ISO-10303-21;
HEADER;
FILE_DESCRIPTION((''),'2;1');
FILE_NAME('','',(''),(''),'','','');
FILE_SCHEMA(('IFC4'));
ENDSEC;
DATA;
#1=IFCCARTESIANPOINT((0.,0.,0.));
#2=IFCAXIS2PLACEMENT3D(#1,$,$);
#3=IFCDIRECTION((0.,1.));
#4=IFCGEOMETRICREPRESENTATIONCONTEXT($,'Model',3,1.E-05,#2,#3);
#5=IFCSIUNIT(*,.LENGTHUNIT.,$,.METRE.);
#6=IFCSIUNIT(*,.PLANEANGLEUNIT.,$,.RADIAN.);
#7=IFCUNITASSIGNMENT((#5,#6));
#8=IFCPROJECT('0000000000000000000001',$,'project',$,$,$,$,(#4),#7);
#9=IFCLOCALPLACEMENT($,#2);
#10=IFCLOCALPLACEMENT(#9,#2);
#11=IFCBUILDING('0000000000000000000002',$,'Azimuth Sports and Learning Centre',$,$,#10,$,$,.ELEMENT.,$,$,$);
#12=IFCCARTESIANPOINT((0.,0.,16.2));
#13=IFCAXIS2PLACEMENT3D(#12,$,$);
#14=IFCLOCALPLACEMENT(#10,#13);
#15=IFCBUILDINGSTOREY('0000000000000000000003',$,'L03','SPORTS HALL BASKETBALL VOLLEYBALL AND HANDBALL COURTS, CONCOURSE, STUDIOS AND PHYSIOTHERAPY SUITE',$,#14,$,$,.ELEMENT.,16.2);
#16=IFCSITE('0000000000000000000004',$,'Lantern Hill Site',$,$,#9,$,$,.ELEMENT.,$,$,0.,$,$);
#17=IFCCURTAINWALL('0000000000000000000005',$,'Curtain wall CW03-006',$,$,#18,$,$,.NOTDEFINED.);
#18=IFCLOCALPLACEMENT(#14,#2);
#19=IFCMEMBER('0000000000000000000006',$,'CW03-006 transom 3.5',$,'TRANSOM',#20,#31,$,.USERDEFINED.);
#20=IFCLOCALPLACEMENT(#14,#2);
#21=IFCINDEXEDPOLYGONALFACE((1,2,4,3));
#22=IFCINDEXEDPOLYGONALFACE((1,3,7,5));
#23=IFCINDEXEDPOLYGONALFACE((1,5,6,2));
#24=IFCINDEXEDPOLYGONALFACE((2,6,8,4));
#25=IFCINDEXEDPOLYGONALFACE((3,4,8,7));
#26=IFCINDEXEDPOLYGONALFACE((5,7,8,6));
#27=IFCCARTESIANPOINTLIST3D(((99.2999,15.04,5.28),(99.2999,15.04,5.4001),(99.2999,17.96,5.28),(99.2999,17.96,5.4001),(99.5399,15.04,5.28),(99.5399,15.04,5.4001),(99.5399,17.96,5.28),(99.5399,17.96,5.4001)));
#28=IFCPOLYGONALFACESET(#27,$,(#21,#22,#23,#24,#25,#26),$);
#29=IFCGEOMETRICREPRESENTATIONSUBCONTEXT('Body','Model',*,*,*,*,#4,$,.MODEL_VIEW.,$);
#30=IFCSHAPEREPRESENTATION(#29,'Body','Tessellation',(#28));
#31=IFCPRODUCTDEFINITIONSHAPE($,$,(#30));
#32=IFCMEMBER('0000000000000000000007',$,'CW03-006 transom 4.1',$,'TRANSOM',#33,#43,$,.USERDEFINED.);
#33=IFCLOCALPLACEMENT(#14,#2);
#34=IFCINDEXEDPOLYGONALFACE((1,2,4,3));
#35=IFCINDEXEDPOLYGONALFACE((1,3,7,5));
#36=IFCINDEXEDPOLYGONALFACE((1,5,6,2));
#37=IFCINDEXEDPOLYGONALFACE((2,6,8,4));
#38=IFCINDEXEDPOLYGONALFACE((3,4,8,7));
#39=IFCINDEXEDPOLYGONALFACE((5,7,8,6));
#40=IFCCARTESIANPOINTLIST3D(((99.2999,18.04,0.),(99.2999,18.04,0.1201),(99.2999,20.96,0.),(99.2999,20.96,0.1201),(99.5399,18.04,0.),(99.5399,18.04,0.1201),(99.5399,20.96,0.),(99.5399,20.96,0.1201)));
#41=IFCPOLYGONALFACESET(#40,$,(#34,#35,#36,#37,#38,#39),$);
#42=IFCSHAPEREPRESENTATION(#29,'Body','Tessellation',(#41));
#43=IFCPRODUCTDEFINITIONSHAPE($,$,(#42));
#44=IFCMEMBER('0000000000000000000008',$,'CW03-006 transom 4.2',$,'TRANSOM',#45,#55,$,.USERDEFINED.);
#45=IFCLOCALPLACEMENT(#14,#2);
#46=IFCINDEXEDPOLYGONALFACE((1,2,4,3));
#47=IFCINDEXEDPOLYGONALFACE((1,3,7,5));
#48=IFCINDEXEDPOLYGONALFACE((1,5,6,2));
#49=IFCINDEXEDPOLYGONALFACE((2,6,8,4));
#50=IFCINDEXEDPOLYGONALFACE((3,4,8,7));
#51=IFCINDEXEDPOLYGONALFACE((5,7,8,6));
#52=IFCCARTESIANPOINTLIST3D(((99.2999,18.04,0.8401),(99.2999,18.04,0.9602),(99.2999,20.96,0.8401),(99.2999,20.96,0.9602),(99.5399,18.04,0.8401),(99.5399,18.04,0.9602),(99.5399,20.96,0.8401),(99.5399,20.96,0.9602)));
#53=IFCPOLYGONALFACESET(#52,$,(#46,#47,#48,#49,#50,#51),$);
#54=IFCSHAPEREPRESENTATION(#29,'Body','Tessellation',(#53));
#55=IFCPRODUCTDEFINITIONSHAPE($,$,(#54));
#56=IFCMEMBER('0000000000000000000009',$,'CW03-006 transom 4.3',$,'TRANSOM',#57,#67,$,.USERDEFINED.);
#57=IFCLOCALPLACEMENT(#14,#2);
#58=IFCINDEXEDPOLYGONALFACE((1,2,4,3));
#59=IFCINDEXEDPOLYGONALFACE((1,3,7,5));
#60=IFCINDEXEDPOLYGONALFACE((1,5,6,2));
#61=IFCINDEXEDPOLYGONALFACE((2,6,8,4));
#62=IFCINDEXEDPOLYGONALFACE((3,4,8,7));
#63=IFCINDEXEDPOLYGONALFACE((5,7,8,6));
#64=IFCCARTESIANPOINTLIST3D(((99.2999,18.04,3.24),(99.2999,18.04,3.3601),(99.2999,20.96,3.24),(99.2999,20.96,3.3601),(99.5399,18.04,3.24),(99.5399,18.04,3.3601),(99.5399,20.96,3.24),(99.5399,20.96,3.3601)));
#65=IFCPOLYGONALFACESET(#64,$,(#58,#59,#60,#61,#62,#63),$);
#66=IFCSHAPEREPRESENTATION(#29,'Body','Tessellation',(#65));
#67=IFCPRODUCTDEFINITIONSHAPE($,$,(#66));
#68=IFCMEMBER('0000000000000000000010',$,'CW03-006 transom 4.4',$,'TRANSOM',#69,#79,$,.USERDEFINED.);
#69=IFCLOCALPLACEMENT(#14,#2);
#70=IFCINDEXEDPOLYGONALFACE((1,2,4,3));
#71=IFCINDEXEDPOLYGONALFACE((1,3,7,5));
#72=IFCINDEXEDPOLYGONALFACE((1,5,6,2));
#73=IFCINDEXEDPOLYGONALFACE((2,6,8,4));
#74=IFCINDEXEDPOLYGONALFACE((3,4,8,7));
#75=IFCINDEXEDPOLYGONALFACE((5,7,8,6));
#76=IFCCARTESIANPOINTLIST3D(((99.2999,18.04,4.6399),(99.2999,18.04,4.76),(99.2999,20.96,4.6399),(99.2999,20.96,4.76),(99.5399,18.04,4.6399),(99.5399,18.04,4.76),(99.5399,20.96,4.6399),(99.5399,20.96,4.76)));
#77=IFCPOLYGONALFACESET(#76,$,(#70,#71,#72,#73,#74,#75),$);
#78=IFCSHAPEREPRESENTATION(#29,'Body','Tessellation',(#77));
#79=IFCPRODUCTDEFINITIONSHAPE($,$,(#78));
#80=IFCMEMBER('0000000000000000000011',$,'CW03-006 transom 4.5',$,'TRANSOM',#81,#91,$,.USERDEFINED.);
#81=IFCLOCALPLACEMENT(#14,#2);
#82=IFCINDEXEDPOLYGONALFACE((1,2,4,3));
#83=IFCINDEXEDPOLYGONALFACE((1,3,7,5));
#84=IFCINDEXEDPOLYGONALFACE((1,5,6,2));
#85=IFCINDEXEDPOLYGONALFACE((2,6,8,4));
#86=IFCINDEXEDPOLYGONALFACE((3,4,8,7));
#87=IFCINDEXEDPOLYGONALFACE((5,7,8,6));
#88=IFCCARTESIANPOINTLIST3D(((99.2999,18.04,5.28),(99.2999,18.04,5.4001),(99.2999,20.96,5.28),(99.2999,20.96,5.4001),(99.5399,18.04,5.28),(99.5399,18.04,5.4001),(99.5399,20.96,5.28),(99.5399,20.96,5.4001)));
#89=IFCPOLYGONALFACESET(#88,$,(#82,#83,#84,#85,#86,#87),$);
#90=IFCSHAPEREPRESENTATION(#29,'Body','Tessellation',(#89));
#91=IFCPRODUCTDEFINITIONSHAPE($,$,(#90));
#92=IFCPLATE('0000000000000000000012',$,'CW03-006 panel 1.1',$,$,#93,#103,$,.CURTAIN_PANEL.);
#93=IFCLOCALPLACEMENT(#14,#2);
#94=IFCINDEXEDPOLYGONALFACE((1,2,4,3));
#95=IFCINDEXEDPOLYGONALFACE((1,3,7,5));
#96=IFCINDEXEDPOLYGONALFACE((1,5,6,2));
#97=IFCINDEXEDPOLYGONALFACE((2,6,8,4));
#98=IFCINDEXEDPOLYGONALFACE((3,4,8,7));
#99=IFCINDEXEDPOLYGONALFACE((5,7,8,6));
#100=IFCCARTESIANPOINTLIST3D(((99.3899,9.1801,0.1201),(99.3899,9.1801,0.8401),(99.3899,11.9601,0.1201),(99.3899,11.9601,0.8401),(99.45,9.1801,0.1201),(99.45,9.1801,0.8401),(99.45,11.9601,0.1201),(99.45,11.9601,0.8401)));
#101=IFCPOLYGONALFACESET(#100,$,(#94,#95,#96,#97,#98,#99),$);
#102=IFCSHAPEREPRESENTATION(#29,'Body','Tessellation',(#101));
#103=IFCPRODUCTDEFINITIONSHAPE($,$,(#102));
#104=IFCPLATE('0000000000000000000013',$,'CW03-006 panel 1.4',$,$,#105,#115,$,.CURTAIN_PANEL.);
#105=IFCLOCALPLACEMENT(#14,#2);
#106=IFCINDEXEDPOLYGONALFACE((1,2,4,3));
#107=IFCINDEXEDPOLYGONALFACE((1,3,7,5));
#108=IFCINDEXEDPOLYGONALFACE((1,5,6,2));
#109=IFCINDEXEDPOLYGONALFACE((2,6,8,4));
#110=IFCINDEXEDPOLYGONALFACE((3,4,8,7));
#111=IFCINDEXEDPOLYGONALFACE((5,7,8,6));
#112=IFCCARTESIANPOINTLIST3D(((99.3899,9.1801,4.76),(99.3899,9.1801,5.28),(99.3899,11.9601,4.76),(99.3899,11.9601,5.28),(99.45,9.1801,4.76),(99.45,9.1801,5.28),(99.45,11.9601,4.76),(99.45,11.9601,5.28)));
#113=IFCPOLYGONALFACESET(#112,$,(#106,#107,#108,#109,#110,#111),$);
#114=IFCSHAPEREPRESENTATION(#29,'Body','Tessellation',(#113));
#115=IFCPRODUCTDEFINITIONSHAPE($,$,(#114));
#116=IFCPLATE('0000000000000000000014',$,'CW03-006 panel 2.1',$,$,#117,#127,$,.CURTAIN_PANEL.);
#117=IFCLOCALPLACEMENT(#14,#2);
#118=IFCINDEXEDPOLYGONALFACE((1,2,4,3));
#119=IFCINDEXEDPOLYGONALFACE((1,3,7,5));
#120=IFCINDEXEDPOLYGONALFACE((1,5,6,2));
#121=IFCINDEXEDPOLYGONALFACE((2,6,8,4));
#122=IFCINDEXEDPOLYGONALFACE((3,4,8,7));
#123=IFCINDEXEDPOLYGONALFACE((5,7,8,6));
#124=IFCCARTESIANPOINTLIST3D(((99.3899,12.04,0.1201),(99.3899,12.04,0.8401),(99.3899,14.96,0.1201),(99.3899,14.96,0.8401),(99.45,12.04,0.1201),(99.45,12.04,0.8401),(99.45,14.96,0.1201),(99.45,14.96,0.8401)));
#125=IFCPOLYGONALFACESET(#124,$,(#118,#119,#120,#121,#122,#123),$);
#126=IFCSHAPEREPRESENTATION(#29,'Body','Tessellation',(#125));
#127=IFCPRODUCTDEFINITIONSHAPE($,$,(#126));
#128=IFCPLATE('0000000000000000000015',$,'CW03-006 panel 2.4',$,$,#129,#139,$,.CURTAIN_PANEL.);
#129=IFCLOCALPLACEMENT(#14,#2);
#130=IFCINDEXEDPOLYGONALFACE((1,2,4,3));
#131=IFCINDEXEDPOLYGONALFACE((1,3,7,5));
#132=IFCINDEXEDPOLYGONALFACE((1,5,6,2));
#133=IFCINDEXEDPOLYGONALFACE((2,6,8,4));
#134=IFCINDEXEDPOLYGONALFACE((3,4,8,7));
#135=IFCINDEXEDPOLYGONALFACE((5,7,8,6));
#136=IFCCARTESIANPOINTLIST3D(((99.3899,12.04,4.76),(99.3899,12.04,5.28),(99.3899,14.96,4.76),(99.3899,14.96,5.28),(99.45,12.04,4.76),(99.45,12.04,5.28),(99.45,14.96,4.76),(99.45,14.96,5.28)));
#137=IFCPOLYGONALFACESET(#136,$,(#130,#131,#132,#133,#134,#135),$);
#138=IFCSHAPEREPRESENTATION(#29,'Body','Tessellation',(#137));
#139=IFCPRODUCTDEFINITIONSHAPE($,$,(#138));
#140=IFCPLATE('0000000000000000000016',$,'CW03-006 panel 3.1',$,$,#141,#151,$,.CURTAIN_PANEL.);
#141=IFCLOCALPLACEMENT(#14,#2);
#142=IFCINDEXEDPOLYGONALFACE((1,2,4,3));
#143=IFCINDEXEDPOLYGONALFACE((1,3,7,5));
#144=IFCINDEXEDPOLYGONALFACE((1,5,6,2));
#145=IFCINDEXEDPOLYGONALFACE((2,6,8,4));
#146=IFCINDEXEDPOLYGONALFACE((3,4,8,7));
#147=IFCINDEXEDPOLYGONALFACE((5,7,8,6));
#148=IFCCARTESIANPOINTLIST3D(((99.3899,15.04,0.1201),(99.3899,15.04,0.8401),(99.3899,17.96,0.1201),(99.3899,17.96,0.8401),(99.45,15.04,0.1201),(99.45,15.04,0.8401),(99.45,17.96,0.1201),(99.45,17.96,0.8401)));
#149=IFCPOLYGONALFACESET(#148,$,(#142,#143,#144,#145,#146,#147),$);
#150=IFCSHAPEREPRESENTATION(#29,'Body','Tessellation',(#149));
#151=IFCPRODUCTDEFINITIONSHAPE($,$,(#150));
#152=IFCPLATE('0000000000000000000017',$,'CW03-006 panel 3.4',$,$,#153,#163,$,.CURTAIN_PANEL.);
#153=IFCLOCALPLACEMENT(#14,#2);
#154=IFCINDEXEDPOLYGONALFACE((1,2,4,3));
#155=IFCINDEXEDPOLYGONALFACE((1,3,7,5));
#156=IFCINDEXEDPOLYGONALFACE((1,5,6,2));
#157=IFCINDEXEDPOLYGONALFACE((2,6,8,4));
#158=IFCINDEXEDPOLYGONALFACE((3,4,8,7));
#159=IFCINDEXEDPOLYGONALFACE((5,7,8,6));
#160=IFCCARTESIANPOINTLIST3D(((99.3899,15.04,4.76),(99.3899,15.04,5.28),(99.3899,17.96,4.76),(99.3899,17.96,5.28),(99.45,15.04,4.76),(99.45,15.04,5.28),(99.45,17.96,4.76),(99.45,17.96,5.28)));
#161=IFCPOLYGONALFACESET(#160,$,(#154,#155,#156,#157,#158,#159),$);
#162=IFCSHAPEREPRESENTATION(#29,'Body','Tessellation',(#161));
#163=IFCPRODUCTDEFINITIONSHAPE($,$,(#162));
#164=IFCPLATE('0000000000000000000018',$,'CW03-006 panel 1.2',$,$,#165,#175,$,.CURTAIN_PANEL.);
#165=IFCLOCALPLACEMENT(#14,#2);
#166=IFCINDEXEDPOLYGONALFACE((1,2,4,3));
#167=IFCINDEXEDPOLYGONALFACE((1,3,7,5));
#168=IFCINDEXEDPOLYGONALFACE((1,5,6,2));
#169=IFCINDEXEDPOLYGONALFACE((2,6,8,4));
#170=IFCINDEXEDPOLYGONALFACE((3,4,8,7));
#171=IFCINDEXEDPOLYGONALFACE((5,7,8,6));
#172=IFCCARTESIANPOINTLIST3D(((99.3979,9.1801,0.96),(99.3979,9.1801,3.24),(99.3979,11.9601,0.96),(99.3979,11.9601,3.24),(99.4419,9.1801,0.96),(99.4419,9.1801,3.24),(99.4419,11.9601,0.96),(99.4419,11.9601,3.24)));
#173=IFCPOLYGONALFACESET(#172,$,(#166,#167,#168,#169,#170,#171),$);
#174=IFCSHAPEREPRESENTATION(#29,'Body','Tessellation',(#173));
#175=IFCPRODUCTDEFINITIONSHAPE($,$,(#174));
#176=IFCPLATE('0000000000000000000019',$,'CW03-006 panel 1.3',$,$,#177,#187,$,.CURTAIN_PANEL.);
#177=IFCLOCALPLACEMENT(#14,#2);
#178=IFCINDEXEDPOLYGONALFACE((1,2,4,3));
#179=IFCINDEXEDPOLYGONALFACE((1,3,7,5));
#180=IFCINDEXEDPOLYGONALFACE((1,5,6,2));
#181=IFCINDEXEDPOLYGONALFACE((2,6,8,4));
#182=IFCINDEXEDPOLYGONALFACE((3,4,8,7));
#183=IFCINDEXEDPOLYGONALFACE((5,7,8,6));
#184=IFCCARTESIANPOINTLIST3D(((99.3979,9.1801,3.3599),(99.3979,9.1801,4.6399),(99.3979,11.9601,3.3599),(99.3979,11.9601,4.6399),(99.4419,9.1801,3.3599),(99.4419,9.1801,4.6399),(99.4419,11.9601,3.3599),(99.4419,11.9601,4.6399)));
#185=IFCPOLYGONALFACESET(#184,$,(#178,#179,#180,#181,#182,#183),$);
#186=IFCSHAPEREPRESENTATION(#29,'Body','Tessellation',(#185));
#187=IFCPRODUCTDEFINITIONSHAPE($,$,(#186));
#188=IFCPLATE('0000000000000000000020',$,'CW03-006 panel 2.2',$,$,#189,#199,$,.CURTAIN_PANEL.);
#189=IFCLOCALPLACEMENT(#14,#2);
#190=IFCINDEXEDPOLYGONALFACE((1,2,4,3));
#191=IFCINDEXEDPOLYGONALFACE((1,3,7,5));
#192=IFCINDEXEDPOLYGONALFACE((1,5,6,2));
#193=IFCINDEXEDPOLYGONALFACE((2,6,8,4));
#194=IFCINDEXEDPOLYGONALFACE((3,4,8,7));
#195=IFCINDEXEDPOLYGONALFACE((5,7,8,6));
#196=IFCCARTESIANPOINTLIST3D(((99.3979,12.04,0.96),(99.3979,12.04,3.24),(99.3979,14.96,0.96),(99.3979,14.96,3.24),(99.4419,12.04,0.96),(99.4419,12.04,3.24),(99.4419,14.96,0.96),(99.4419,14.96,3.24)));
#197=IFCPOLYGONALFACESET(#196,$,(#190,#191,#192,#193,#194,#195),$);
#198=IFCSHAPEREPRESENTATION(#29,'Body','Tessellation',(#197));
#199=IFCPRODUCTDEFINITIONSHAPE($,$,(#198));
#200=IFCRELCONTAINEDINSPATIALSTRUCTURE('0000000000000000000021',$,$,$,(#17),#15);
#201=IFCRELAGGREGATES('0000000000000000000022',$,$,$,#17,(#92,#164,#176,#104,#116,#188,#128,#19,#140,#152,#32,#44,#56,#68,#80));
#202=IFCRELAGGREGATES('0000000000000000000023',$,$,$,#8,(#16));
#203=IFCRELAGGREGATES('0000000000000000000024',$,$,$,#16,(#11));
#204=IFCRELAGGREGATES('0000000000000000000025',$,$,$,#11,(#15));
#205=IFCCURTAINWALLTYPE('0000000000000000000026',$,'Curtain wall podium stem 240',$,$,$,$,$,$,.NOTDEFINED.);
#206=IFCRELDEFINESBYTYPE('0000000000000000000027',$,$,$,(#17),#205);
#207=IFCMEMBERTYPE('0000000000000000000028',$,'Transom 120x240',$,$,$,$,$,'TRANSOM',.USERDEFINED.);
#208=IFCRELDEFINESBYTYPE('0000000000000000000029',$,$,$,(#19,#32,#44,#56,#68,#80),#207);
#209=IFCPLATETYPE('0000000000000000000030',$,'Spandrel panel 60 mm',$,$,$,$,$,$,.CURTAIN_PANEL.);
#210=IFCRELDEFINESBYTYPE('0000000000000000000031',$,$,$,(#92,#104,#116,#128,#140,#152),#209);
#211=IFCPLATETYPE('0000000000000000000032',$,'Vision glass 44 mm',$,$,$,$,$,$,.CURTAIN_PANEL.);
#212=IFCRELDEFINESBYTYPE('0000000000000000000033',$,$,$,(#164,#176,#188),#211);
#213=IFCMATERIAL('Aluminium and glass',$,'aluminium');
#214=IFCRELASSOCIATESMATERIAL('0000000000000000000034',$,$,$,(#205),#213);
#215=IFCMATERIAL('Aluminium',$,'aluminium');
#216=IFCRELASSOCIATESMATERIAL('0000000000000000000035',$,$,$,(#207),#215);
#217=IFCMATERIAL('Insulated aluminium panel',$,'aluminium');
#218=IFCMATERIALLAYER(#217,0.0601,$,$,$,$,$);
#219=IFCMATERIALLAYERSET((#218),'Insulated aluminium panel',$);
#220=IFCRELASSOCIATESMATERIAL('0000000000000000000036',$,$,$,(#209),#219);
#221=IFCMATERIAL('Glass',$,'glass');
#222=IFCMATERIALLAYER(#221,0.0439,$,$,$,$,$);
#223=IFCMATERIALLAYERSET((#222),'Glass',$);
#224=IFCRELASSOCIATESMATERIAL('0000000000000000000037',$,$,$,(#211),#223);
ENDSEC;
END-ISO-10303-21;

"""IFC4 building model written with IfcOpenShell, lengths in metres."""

from ifc_helpers import new_model, si_unit, direction, frame, origin, origin_2d, place, context, subcontext, project, spatial, rectangle, extrude, material, layer, layer_set, material_profile, profile_set, type_object, element, aggregate, save


model = new_model("IFC4")

# Units and contexts
model_context = context("Model", 3, precision=1e-05, world=origin(), true_north=direction((0.0, 1.0)))
body_context = subcontext(model_context, "Body", "Model", "MODEL_VIEW")
ifc_project = project(units=[si_unit("LENGTHUNIT", "METRE"), si_unit("PLANEANGLEUNIT", "RADIAN")], contexts=[model_context])

# Site, building, storey
site_placement = place(None, origin())
site = spatial("IfcSite", under=ifc_project, at=site_placement, Name="Lantern Hill Site", CompositionType="ELEMENT", RefElevation=0.0)
building_placement = place(site_placement, origin())
building = spatial("IfcBuilding", under=site, at=building_placement, Name="Azimuth Sports and Learning Centre", CompositionType="ELEMENT")
storey_placement = place(building_placement, frame((0.0, 0.0, 16.2)))
storey = spatial("IfcBuildingStorey", under=building, at=storey_placement, Name="L03", Description="SPORTS HALL BASKETBALL VOLLEYBALL AND HANDBALL COURTS, CONCOURSE, STUDIOS AND PHYSIOTHERAPY SUITE", CompositionType="ELEMENT", Elevation=16.2)

# Curtain wall, members, plates
ifc_material_1 = material(Name="Aluminium and glass", Category="aluminium")
curtain_wall_type = type_object("IfcCurtainWallType", Name="Curtain wall podium stem 240", PredefinedType="NOTDEFINED", material=ifc_material_1)
curtain_wall_placement = place(storey_placement, origin())
curtain_wall = element("IfcCurtainWall", 1, at=curtain_wall_placement, inside=storey, type_object=curtain_wall_type, Name="Curtain wall CW03-006", PredefinedType="NOTDEFINED")
ifc_material_2 = material(Name="Aluminium", Category="aluminium")
ifc_material_profile_1 = material_profile(ifc_material_2, rectangle(XDim=0.24, YDim=0.1201, at=origin_2d()), Name="Transom 120x240")
ifc_profile_set_1 = profile_set([ifc_material_profile_1], Name="Aluminium")
member_type_1 = type_object("IfcMemberType", Name="Transom 120x240", ElementType="TRANSOM", PredefinedType="USERDEFINED", material=ifc_profile_set_1)
member_1_placement = place(storey_placement, frame((99.4199, 15.04, 5.3401), z_axis=(0.0, 1.0, 0.0), x_axis=(-1.0, 0.0, 0.0)))
member_1 = element("IfcMember", 2, at=member_1_placement, type_object=member_type_1, Name="CW03-006 transom 3.5", ObjectType="TRANSOM", PredefinedType="USERDEFINED", context=body_context, shape_type="SweptSolid", body=[
    extrude(rectangle(XDim=0.24, YDim=0.1201, at=origin_2d()), origin(), (0.0, 0.0, 1.0), 2.9199),
])
member_2_placement = place(storey_placement, frame((99.4199, 18.04, 0.0601), z_axis=(0.0, 1.0, 0.0), x_axis=(-1.0, 0.0, 0.0)))
member_2 = element("IfcMember", 3, at=member_2_placement, type_object=member_type_1, Name="CW03-006 transom 4.1", ObjectType="TRANSOM", PredefinedType="USERDEFINED", context=body_context, shape_type="SweptSolid", body=[
    extrude(rectangle(XDim=0.24, YDim=0.1201, at=origin_2d()), origin(), (0.0, 0.0, 1.0), 2.9199),
])
member_3_placement = place(storey_placement, frame((99.4199, 18.04, 0.9001), z_axis=(0.0, 1.0, 0.0), x_axis=(-1.0, 0.0, 0.0)))
member_3 = element("IfcMember", 4, at=member_3_placement, type_object=member_type_1, Name="CW03-006 transom 4.2", ObjectType="TRANSOM", PredefinedType="USERDEFINED", context=body_context, shape_type="SweptSolid", body=[
    extrude(rectangle(XDim=0.24, YDim=0.1201, at=origin_2d()), origin(), (0.0, 0.0, 1.0), 2.9199),
])
member_4_placement = place(storey_placement, frame((99.4199, 18.04, 3.3), z_axis=(0.0, 1.0, 0.0), x_axis=(-1.0, 0.0, 0.0)))
member_4 = element("IfcMember", 5, at=member_4_placement, type_object=member_type_1, Name="CW03-006 transom 4.3", ObjectType="TRANSOM", PredefinedType="USERDEFINED", context=body_context, shape_type="SweptSolid", body=[
    extrude(rectangle(XDim=0.24, YDim=0.1201, at=origin_2d()), origin(), (0.0, 0.0, 1.0), 2.9199),
])
member_5_placement = place(storey_placement, frame((99.4199, 18.04, 4.7), z_axis=(0.0, 1.0, 0.0), x_axis=(-1.0, 0.0, 0.0)))
member_5 = element("IfcMember", 6, at=member_5_placement, type_object=member_type_1, Name="CW03-006 transom 4.4", ObjectType="TRANSOM", PredefinedType="USERDEFINED", context=body_context, shape_type="SweptSolid", body=[
    extrude(rectangle(XDim=0.24, YDim=0.1201, at=origin_2d()), origin(), (0.0, 0.0, 1.0), 2.9199),
])
member_6_placement = place(storey_placement, frame((99.4199, 18.04, 5.3401), z_axis=(0.0, 1.0, 0.0), x_axis=(-1.0, 0.0, 0.0)))
member_6 = element("IfcMember", 7, at=member_6_placement, type_object=member_type_1, Name="CW03-006 transom 4.5", ObjectType="TRANSOM", PredefinedType="USERDEFINED", context=body_context, shape_type="SweptSolid", body=[
    extrude(rectangle(XDim=0.24, YDim=0.1201, at=origin_2d()), origin(), (0.0, 0.0, 1.0), 2.9199),
])
ifc_material_3 = material(Name="Insulated aluminium panel", Category="aluminium")
ifc_layer_1 = layer(ifc_material_3, 0.0601)
ifc_layer_set_1 = layer_set([ifc_layer_1], Name="Insulated aluminium panel")
plate_type_1 = type_object("IfcPlateType", Name="Spandrel panel 60 mm", PredefinedType="CURTAIN_PANEL", material=ifc_layer_set_1)
plate_1_placement = place(storey_placement, frame((99.4199, 10.5701, 0.1201), z_axis=(0.0, 0.0, 1.0), x_axis=(0.0, 1.0, 0.0)))
plate_1 = element("IfcPlate", 8, at=plate_1_placement, type_object=plate_type_1, Name="CW03-006 panel 1.1", PredefinedType="CURTAIN_PANEL", context=body_context, shape_type="SweptSolid", body=[
    extrude(rectangle(XDim=2.78, YDim=0.0601, at=origin_2d()), origin(), (0.0, 0.0, 1.0), 0.72),
])
plate_2_placement = place(storey_placement, frame((99.4199, 10.5701, 4.76), z_axis=(0.0, 0.0, 1.0), x_axis=(0.0, 1.0, 0.0)))
plate_2 = element("IfcPlate", 9, at=plate_2_placement, type_object=plate_type_1, Name="CW03-006 panel 1.4", PredefinedType="CURTAIN_PANEL", context=body_context, shape_type="SweptSolid", body=[
    extrude(rectangle(XDim=2.78, YDim=0.0601, at=origin_2d()), origin(), (0.0, 0.0, 1.0), 0.52),
])
plate_3_placement = place(storey_placement, frame((99.4199, 13.5, 0.1201), z_axis=(0.0, 0.0, 1.0), x_axis=(0.0, 1.0, 0.0)))
plate_3 = element("IfcPlate", 10, at=plate_3_placement, type_object=plate_type_1, Name="CW03-006 panel 2.1", PredefinedType="CURTAIN_PANEL", context=body_context, shape_type="SweptSolid", body=[
    extrude(rectangle(XDim=2.9199, YDim=0.0601, at=origin_2d()), origin(), (0.0, 0.0, 1.0), 0.72),
])
plate_4_placement = place(storey_placement, frame((99.4199, 13.5, 4.76), z_axis=(0.0, 0.0, 1.0), x_axis=(0.0, 1.0, 0.0)))
plate_4 = element("IfcPlate", 11, at=plate_4_placement, type_object=plate_type_1, Name="CW03-006 panel 2.4", PredefinedType="CURTAIN_PANEL", context=body_context, shape_type="SweptSolid", body=[
    extrude(rectangle(XDim=2.9199, YDim=0.0601, at=origin_2d()), origin(), (0.0, 0.0, 1.0), 0.52),
])
plate_5_placement = place(storey_placement, frame((99.4199, 16.5, 0.1201), z_axis=(0.0, 0.0, 1.0), x_axis=(0.0, 1.0, 0.0)))
plate_5 = element("IfcPlate", 12, at=plate_5_placement, type_object=plate_type_1, Name="CW03-006 panel 3.1", PredefinedType="CURTAIN_PANEL", context=body_context, shape_type="SweptSolid", body=[
    extrude(rectangle(XDim=2.9199, YDim=0.0601, at=origin_2d()), origin(), (0.0, 0.0, 1.0), 0.72),
])
plate_6_placement = place(storey_placement, frame((99.4199, 16.5, 4.76), z_axis=(0.0, 0.0, 1.0), x_axis=(0.0, 1.0, 0.0)))
plate_6 = element("IfcPlate", 13, at=plate_6_placement, type_object=plate_type_1, Name="CW03-006 panel 3.4", PredefinedType="CURTAIN_PANEL", context=body_context, shape_type="SweptSolid", body=[
    extrude(rectangle(XDim=2.9199, YDim=0.0601, at=origin_2d()), origin(), (0.0, 0.0, 1.0), 0.52),
])
ifc_material_4 = material(Name="Glass", Category="glass")
ifc_layer_2 = layer(ifc_material_4, 0.0439)
ifc_layer_set_2 = layer_set([ifc_layer_2], Name="Glass")
plate_type_2 = type_object("IfcPlateType", Name="Vision glass 44 mm", PredefinedType="CURTAIN_PANEL", material=ifc_layer_set_2)
plate_7_placement = place(storey_placement, frame((99.4199, 10.5701, 0.96), z_axis=(0.0, 0.0, 1.0), x_axis=(0.0, 1.0, 0.0)))
plate_7 = element("IfcPlate", 14, at=plate_7_placement, type_object=plate_type_2, Name="CW03-006 panel 1.2", PredefinedType="CURTAIN_PANEL", context=body_context, shape_type="SweptSolid", body=[
    extrude(rectangle(XDim=2.78, YDim=0.0439, at=origin_2d()), origin(), (0.0, 0.0, 1.0), 2.28),
])
plate_8_placement = place(storey_placement, frame((99.4199, 10.5701, 3.3599), z_axis=(0.0, 0.0, 1.0), x_axis=(0.0, 1.0, 0.0)))
plate_8 = element("IfcPlate", 15, at=plate_8_placement, type_object=plate_type_2, Name="CW03-006 panel 1.3", PredefinedType="CURTAIN_PANEL", context=body_context, shape_type="SweptSolid", body=[
    extrude(rectangle(XDim=2.78, YDim=0.0439, at=origin_2d()), origin(), (0.0, 0.0, 1.0), 1.28),
])
plate_9_placement = place(storey_placement, frame((99.4199, 13.5, 0.96), z_axis=(0.0, 0.0, 1.0), x_axis=(0.0, 1.0, 0.0)))
plate_9 = element("IfcPlate", 16, at=plate_9_placement, type_object=plate_type_2, Name="CW03-006 panel 2.2", PredefinedType="CURTAIN_PANEL", context=body_context, shape_type="SweptSolid", body=[
    extrude(rectangle(XDim=2.9199, YDim=0.0439, at=origin_2d()), origin(), (0.0, 0.0, 1.0), 2.28),
])
aggregate(curtain_wall, [plate_1, plate_7, plate_8, plate_2, plate_3, plate_9, plate_4, member_1, plate_5, plate_6, member_2, member_3, member_4, member_5, member_6])

save(model, "model.ifc")
